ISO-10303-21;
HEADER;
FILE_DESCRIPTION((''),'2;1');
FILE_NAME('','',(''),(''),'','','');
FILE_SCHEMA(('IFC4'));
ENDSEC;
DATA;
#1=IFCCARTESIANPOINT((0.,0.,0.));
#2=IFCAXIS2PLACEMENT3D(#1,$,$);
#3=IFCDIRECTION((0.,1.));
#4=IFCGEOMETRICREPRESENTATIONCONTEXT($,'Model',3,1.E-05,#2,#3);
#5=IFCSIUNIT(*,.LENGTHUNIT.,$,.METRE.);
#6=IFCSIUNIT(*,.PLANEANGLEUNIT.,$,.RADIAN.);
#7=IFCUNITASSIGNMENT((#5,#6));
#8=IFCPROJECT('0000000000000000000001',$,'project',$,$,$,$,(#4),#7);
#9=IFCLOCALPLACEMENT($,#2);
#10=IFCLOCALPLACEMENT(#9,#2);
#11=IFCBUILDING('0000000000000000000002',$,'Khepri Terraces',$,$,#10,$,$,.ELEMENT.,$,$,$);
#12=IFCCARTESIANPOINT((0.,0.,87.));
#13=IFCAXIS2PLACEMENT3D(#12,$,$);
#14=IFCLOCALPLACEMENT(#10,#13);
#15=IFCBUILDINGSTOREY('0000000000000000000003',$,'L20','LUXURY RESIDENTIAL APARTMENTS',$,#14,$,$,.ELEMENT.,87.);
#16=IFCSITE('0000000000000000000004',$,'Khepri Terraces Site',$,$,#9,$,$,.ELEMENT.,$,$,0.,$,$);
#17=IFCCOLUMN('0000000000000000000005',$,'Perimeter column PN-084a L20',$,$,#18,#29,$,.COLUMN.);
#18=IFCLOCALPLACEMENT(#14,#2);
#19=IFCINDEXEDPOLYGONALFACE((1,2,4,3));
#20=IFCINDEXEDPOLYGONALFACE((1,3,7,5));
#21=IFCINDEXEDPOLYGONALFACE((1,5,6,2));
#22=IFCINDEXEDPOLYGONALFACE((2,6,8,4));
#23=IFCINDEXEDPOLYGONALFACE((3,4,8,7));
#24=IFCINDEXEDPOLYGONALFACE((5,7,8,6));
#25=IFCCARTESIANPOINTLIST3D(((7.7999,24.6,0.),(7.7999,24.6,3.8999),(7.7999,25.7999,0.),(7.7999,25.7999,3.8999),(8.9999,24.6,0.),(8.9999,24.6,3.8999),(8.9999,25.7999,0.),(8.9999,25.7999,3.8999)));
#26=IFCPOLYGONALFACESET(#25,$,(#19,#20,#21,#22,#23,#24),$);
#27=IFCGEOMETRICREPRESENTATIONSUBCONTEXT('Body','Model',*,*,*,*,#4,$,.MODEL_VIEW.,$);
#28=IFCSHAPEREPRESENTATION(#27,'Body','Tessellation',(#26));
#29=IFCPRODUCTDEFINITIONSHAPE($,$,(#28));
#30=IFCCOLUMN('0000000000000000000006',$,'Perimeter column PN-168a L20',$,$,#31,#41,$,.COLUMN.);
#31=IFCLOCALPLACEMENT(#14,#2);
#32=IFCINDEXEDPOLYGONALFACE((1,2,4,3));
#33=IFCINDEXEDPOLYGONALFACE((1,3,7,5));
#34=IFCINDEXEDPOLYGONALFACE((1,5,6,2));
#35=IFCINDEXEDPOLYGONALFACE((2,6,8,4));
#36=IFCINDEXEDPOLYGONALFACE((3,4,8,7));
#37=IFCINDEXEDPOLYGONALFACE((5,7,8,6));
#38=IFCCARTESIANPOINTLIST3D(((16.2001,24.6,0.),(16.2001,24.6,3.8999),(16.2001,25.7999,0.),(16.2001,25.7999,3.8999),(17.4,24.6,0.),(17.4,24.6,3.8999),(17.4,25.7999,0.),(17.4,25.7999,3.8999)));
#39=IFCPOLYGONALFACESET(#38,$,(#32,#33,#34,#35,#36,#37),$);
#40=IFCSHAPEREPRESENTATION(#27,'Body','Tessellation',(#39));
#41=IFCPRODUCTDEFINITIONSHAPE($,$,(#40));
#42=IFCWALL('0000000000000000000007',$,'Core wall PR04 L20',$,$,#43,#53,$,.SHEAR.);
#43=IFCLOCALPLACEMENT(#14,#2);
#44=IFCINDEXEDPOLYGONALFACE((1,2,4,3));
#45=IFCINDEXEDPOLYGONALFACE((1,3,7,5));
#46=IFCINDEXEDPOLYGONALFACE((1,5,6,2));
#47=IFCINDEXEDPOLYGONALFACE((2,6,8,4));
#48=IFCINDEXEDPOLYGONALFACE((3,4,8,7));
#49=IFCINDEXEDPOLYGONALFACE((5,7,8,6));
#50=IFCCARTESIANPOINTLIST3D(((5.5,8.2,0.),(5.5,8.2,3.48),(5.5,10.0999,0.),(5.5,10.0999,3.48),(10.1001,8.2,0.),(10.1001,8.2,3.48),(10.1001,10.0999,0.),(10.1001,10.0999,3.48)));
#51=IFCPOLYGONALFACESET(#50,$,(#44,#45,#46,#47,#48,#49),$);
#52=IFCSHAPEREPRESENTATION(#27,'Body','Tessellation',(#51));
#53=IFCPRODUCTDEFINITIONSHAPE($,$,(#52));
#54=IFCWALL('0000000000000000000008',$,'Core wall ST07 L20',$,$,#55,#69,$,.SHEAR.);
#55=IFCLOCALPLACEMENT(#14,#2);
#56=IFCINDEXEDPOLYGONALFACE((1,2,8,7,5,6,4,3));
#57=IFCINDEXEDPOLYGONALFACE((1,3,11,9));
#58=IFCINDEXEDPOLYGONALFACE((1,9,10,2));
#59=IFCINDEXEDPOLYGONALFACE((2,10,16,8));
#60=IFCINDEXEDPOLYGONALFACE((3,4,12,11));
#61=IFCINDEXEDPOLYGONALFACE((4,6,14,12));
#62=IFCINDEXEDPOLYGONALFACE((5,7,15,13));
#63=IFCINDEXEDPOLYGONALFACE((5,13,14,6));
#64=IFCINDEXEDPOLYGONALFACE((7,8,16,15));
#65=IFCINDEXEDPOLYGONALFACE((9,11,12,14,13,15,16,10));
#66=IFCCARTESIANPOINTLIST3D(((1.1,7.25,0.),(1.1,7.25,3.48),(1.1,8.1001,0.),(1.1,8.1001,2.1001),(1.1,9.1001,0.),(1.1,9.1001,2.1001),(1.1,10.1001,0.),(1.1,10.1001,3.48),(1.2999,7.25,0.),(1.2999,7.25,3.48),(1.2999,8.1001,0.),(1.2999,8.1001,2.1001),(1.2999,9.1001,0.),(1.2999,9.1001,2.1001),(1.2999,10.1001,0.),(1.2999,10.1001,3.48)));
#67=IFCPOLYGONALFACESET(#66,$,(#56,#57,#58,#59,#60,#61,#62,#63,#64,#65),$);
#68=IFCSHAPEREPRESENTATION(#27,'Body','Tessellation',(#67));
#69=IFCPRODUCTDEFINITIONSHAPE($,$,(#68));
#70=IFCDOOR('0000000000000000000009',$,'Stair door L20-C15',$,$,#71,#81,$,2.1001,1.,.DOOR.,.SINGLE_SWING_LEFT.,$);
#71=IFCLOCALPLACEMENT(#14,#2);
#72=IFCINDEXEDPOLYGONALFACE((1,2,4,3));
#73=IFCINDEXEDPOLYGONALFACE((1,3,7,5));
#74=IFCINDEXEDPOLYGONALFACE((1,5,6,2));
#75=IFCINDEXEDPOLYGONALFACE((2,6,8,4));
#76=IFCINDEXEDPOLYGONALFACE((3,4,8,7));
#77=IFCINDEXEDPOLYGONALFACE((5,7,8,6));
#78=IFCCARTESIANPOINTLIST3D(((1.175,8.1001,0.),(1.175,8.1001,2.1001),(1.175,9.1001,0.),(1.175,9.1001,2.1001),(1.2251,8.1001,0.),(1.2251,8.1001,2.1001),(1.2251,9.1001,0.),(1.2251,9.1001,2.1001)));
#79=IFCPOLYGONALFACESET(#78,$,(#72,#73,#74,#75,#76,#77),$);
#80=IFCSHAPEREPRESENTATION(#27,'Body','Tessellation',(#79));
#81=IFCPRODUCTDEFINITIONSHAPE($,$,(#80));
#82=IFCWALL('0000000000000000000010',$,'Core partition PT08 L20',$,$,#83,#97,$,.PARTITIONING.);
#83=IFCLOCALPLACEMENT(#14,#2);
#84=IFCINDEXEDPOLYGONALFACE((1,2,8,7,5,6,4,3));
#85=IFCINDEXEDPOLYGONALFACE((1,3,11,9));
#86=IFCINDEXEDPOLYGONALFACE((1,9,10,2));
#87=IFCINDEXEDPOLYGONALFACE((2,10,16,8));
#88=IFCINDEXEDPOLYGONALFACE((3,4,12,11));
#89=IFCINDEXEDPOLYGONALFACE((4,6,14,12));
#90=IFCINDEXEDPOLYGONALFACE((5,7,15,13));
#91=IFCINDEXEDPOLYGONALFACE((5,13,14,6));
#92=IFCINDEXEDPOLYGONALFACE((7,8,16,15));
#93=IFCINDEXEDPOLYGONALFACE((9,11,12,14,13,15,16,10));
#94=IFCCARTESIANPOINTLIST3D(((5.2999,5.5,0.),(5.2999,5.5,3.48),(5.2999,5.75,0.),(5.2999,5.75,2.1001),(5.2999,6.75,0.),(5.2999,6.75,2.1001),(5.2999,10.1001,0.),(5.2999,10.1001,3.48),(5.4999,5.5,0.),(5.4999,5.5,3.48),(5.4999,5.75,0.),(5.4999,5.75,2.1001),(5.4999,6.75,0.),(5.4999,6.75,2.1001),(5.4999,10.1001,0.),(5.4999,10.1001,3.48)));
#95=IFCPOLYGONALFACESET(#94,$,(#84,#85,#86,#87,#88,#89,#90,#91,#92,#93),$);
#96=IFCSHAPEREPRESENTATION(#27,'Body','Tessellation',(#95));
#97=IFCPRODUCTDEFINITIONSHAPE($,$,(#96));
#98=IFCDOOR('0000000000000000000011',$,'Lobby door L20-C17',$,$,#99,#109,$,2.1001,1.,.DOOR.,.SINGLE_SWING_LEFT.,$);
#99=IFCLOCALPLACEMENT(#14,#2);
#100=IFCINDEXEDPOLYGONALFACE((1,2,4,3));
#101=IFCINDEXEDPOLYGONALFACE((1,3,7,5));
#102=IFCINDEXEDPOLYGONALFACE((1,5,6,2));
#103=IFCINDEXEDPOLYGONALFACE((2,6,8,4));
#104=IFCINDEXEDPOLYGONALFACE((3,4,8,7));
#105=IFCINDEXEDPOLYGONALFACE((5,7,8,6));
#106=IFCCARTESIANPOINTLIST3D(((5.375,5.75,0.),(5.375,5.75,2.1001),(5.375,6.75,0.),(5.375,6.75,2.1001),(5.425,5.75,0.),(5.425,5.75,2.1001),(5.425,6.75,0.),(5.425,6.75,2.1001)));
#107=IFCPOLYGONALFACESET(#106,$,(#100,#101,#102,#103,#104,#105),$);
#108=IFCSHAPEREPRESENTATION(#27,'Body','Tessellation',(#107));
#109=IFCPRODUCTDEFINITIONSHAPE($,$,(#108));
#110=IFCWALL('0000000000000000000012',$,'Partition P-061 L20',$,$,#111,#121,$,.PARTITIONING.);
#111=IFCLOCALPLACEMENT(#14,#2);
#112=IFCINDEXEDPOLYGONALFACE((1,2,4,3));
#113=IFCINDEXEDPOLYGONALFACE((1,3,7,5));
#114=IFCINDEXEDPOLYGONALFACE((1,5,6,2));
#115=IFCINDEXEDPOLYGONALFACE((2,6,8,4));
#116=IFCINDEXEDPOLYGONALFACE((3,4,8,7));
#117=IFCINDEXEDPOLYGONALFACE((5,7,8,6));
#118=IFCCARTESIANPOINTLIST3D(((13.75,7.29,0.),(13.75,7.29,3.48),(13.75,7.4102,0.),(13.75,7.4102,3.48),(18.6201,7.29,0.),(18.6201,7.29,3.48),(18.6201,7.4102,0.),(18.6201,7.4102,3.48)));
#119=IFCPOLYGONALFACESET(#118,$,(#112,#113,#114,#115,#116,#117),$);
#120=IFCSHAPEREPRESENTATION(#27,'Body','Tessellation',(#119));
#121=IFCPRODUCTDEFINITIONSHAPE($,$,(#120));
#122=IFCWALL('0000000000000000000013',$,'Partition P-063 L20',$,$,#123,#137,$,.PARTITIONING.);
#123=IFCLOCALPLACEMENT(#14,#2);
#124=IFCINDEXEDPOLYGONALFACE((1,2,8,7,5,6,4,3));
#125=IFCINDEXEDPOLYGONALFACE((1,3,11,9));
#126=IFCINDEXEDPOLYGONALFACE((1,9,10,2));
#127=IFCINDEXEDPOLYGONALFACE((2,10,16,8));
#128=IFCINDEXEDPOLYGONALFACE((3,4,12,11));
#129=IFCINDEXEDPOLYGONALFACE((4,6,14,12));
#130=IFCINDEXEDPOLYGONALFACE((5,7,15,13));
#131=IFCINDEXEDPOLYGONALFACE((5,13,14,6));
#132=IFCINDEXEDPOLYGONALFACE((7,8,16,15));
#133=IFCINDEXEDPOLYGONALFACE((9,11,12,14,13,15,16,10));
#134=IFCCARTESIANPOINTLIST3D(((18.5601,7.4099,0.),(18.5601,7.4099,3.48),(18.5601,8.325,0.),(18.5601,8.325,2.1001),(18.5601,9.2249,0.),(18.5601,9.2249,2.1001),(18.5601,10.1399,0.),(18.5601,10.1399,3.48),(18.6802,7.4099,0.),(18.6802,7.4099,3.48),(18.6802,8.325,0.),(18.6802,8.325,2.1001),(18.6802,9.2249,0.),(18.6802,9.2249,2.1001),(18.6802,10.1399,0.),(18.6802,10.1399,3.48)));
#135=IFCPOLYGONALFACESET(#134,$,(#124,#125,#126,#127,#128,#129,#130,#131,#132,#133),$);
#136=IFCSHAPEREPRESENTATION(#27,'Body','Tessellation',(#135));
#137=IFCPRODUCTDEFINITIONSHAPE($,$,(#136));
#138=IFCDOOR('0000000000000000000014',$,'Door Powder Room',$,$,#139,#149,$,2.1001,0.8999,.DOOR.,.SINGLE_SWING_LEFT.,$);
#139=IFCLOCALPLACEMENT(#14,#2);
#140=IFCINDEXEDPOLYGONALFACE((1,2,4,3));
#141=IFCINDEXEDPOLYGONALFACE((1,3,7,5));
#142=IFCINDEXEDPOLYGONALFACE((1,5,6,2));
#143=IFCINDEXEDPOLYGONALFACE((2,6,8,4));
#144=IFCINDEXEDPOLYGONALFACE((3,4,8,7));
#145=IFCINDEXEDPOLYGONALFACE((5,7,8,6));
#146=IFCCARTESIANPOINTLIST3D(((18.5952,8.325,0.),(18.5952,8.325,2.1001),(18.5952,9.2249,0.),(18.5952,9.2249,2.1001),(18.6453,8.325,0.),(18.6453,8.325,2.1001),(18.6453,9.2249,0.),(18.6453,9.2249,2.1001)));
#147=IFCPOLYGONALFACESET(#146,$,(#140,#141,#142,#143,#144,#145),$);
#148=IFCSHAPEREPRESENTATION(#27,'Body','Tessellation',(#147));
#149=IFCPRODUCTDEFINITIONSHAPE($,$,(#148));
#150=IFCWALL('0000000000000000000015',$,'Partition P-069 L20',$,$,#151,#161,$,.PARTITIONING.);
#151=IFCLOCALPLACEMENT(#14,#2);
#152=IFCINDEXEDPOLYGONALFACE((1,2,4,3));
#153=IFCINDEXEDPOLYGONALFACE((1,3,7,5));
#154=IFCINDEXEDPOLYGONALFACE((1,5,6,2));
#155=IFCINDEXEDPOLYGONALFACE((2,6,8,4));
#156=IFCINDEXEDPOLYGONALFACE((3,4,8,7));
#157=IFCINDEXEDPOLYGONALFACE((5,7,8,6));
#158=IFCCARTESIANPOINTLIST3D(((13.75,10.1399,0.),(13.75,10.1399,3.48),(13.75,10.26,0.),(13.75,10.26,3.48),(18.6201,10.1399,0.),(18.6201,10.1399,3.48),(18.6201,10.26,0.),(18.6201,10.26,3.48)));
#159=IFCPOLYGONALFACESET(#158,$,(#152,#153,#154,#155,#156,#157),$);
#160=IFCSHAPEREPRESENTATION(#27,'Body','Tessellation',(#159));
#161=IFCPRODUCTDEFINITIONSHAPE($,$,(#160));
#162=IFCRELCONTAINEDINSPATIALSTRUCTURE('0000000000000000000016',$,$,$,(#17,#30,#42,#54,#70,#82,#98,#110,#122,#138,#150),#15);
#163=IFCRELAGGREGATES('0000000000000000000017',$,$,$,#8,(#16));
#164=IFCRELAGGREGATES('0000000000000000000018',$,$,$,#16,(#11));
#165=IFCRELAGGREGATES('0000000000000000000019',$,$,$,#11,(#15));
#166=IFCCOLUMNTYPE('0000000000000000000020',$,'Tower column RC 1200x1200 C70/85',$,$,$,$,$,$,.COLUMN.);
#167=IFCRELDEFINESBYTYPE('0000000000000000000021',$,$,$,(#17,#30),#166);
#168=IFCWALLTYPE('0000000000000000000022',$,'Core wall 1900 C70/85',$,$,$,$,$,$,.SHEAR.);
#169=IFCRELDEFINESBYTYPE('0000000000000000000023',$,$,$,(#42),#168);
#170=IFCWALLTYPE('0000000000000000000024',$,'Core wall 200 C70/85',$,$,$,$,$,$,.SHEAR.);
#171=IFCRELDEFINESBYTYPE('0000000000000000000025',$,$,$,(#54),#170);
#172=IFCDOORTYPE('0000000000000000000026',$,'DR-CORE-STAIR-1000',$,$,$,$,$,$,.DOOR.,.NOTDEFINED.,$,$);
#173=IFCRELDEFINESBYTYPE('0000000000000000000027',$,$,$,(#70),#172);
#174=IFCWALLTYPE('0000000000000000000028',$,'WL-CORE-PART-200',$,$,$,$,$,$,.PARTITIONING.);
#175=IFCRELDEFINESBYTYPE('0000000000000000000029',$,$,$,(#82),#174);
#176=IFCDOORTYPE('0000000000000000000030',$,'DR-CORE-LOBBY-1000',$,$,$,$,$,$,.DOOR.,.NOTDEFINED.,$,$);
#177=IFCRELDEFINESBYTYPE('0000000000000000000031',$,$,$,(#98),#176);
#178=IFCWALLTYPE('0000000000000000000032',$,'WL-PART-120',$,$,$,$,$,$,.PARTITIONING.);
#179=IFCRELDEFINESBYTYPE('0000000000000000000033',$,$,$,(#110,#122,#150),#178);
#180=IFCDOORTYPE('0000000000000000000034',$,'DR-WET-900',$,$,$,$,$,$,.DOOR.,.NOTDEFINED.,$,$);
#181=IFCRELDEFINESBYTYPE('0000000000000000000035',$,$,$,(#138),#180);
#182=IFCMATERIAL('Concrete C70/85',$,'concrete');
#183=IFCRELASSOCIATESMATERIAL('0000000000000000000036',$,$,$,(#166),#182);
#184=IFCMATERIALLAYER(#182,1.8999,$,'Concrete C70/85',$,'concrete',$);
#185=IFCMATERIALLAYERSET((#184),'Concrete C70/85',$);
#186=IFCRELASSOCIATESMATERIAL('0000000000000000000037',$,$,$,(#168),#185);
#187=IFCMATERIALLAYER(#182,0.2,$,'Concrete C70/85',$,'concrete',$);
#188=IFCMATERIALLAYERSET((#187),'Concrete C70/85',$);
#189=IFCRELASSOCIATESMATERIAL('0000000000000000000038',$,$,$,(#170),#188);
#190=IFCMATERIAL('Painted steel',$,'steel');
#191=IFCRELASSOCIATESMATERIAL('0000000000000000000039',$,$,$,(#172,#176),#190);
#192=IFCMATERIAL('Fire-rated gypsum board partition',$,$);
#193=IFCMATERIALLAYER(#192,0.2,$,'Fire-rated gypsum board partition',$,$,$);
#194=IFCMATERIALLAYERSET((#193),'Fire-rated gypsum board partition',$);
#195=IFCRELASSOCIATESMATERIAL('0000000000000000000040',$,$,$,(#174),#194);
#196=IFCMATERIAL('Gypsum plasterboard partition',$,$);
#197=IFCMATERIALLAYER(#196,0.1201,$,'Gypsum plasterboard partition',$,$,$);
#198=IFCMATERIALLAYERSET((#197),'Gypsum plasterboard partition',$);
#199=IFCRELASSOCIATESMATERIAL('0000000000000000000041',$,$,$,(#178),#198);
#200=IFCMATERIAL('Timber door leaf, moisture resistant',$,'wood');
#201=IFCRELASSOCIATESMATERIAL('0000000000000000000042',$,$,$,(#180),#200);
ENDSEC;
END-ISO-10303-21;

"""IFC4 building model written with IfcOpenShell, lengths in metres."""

from ifc_helpers import new_model, si_unit, direction, frame, frame_2d, origin, origin_2d, place, context, subcontext, project, spatial, rectangle, extrude, material, layer, layer_set, material_profile, profile_set, type_object, element, fill, save


model = new_model("IFC4")

# Units and contexts
model_context = context("Model", 3, precision=1e-05, world=origin(), true_north=direction((0.0, 1.0)))
body_context = subcontext(model_context, "Body", "Model", "MODEL_VIEW")
ifc_project = project(units=[si_unit("LENGTHUNIT", "METRE"), si_unit("PLANEANGLEUNIT", "RADIAN")], contexts=[model_context])

# Site, building, storey
site_placement = place(None, origin())
site = spatial("IfcSite", under=ifc_project, at=site_placement, Name="Khepri Terraces Site", CompositionType="ELEMENT", RefElevation=0.0)
building_placement = place(site_placement, origin())
building = spatial("IfcBuilding", under=site, at=building_placement, Name="Khepri Terraces", CompositionType="ELEMENT")
storey_placement = place(building_placement, frame((0.0, 0.0, 87.0)))
storey = spatial("IfcBuildingStorey", under=building, at=storey_placement, Name="L20", Description="LUXURY RESIDENTIAL APARTMENTS", CompositionType="ELEMENT", Elevation=87.0)

# Columns
ifc_material_1 = material(Name="Concrete C70/85", Category="concrete")
ifc_material_profile = material_profile(ifc_material_1, rectangle(XDim=1.2, YDim=1.2, at=origin_2d()), Name="Concrete C70/85", Category="concrete")
ifc_profile_set = profile_set([ifc_material_profile], Name="Concrete C70/85")
column_type = type_object("IfcColumnType", Name="Tower column RC 1200x1200 C70/85", PredefinedType="COLUMN", material=ifc_profile_set)
for number, where, z_axis, x_axis, name in (
    (1, (8.3999, 25.2, 0.0), (0.0, 0.0, 1.0), (1.0, 0.0, 0.0), "Perimeter column PN-084a L20"),
    (2, (16.8, 25.2, 0.0), (0.0, 0.0, 1.0), (1.0, 0.0, 0.0), "Perimeter column PN-168a L20"),
):
    element("IfcColumn", number, at=place(storey_placement, frame(where, z_axis=z_axis, x_axis=x_axis)), inside=storey, type_object=column_type, Name=name, PredefinedType="COLUMN", context=body_context, shape_type="SweptSolid", body=[
        extrude(rectangle(XDim=1.2, YDim=1.2, at=origin_2d()), origin(), (0.0, 0.0, 1.0), 3.8999),
    ])

# Wall
ifc_layer_1 = layer(ifc_material_1, 1.8999, Name="Concrete C70/85", Category="concrete")
ifc_layer_set_1 = layer_set([ifc_layer_1], Name="Concrete C70/85")
wall_type_1 = type_object("IfcWallType", Name="Core wall 1900 C70/85", PredefinedType="SHEAR", material=ifc_layer_set_1)
wall_1_placement = place(storey_placement, frame((5.5, 9.1499, 0.0), z_axis=(0.0, 0.0, 1.0), x_axis=(1.0, 0.0, 0.0)))
element("IfcWall", 3, at=wall_1_placement, inside=storey, type_object=wall_type_1, Name="Core wall PR04 L20", PredefinedType="SHEAR", context=body_context, shape_type="SweptSolid", body=[
    extrude(rectangle(XDim=4.6001, YDim=1.8999, at=frame_2d((2.3, 0.0))), origin(), (0.0, 0.0, 1.0), 3.48),
])

# Walls, openings, doors
ifc_layer_2 = layer(ifc_material_1, 0.2, Name="Concrete C70/85", Category="concrete")
ifc_layer_set_2 = layer_set([ifc_layer_2], Name="Concrete C70/85")
wall_type_2 = type_object("IfcWallType", Name="Core wall 200 C70/85", PredefinedType="SHEAR", material=ifc_layer_set_2)
wall_2_placement = place(storey_placement, frame((1.2, 7.25, 0.0), z_axis=(0.0, 0.0, 1.0), x_axis=(0.0, 1.0, 0.0)))
wall_2 = element("IfcWall", 4, at=wall_2_placement, inside=storey, type_object=wall_type_2, Name="Core wall ST07 L20", PredefinedType="SHEAR", context=body_context, shape_type="SweptSolid", body=[
    extrude(rectangle(XDim=2.8501, YDim=0.2, at=frame_2d((1.425, 0.0))), origin(), (0.0, 0.0, 1.0), 3.48),
])
opening_1_placement = place(wall_2_placement, frame((0.8501, 0.0, 0.0)))
opening_1 = element("IfcOpeningElement", 5, at=opening_1_placement, cuts=wall_2, PredefinedType="OPENING", context=body_context, shape_type="SweptSolid", body=[
    extrude(rectangle(XDim=1.0, YDim=2.1001, at=frame_2d((0.5, 1.05))), frame((0.0, 0.1099, 0.0), z_axis=(0.0, -1.0, 0.0), x_axis=(1.0, 0.0, 0.0)), (0.0, 0.0, 1.0), 0.22),
])
ifc_material_2 = material(Name="Painted steel", Category="steel")
door_type_1 = type_object("IfcDoorType", Name="DR-CORE-STAIR-1000", OperationType="NOTDEFINED", PredefinedType="DOOR", material=ifc_material_2)
door_1_placement = place(opening_1_placement, origin())
door_1 = element("IfcDoor", 6, at=door_1_placement, inside=storey, type_object=door_type_1, Name="Stair door L20-C15", OperationType="SINGLE_SWING_LEFT", OverallHeight=2.1001, OverallWidth=1.0, PredefinedType="DOOR", context=body_context, shape_type="SweptSolid", body=[
    extrude(rectangle(XDim=1.0, YDim=2.1001, at=frame_2d((0.5, 1.05))), frame((0.0, 0.0249, 0.0), z_axis=(0.0, -1.0, 0.0), x_axis=(1.0, 0.0, 0.0)), (0.0, 0.0, 1.0), 0.05),
])
fill(opening_1, door_1)
ifc_material_3 = material(Name="Fire-rated gypsum board partition")
ifc_layer_3 = layer(ifc_material_3, 0.2, Name="Fire-rated gypsum board partition")
ifc_layer_set_3 = layer_set([ifc_layer_3], Name="Fire-rated gypsum board partition")
wall_type_3 = type_object("IfcWallType", Name="WL-CORE-PART-200", PredefinedType="PARTITIONING", material=ifc_layer_set_3)
wall_3_placement = place(storey_placement, frame((5.3999, 5.5, 0.0), z_axis=(0.0, 0.0, 1.0), x_axis=(0.0, 1.0, 0.0)))
wall_3 = element("IfcWall", 7, at=wall_3_placement, inside=storey, type_object=wall_type_3, Name="Core partition PT08 L20", PredefinedType="PARTITIONING", context=body_context, shape_type="SweptSolid", body=[
    extrude(rectangle(XDim=4.6001, YDim=0.2, at=frame_2d((2.3, 0.0))), origin(), (0.0, 0.0, 1.0), 3.48),
])
opening_2_placement = place(wall_3_placement, frame((0.25, 0.0, 0.0)))
opening_2 = element("IfcOpeningElement", 8, at=opening_2_placement, cuts=wall_3, PredefinedType="OPENING", context=body_context, shape_type="SweptSolid", body=[
    extrude(rectangle(XDim=1.0, YDim=2.1001, at=frame_2d((0.5, 1.05))), frame((0.0, 0.1099, 0.0), z_axis=(0.0, -1.0, 0.0), x_axis=(1.0, 0.0, 0.0)), (0.0, 0.0, 1.0), 0.22),
])
door_type_2 = type_object("IfcDoorType", Name="DR-CORE-LOBBY-1000", OperationType="NOTDEFINED", PredefinedType="DOOR", material=ifc_material_2)
door_2_placement = place(opening_2_placement, origin())
door_2 = element("IfcDoor", 9, at=door_2_placement, inside=storey, type_object=door_type_2, Name="Lobby door L20-C17", OperationType="SINGLE_SWING_LEFT", OverallHeight=2.1001, OverallWidth=1.0, PredefinedType="DOOR", context=body_context, shape_type="SweptSolid", body=[
    extrude(rectangle(XDim=1.0, YDim=2.1001, at=frame_2d((0.5, 1.05))), frame((0.0, 0.0249, 0.0), z_axis=(0.0, -1.0, 0.0), x_axis=(1.0, 0.0, 0.0)), (0.0, 0.0, 1.0), 0.05),
])
fill(opening_2, door_2)

# Wall
ifc_material_4 = material(Name="Gypsum plasterboard partition")
ifc_layer_4 = layer(ifc_material_4, 0.1201, Name="Gypsum plasterboard partition")
ifc_layer_set_4 = layer_set([ifc_layer_4], Name="Gypsum plasterboard partition")
wall_type_4 = type_object("IfcWallType", Name="WL-PART-120", PredefinedType="PARTITIONING", material=ifc_layer_set_4)
wall_4_placement = place(storey_placement, frame((13.75, 7.3501, 0.0), z_axis=(0.0, 0.0, 1.0), x_axis=(1.0, 0.0, 0.0)))
element("IfcWall", 10, at=wall_4_placement, inside=storey, type_object=wall_type_4, Name="Partition P-061 L20", PredefinedType="PARTITIONING", context=body_context, shape_type="SweptSolid", body=[
    extrude(rectangle(XDim=4.8701, YDim=0.1201, at=frame_2d((2.4351, 0.0))), origin(), (0.0, 0.0, 1.0), 3.48),
])

# Wall, opening, door
wall_5_placement = place(storey_placement, frame((18.6201, 7.4099, 0.0), z_axis=(0.0, 0.0, 1.0), x_axis=(0.0, 1.0, 0.0)))
wall_5 = element("IfcWall", 11, at=wall_5_placement, inside=storey, type_object=wall_type_4, Name="Partition P-063 L20", PredefinedType="PARTITIONING", context=body_context, shape_type="SweptSolid", body=[
    extrude(rectangle(XDim=2.73, YDim=0.1201, at=frame_2d((1.365, 0.0))), origin(), (0.0, 0.0, 1.0), 3.48),
])
opening_3_placement = place(wall_5_placement, frame((0.915, 0.0, 0.0)))
opening_3 = element("IfcOpeningElement", 12, at=opening_3_placement, cuts=wall_5, PredefinedType="OPENING", context=body_context, shape_type="SweptSolid", body=[
    extrude(rectangle(XDim=0.8999, YDim=2.1001, at=frame_2d((0.45, 1.05))), frame((0.0, 0.0701, 0.0), z_axis=(0.0, -1.0, 0.0), x_axis=(1.0, 0.0, 0.0)), (0.0, 0.0, 1.0), 0.1401),
])
ifc_material_5 = material(Name="Timber door leaf, moisture resistant", Category="wood")
door_type_3 = type_object("IfcDoorType", Name="DR-WET-900", OperationType="NOTDEFINED", PredefinedType="DOOR", material=ifc_material_5)
door_3_placement = place(opening_3_placement, origin())
door_3 = element("IfcDoor", 13, at=door_3_placement, inside=storey, type_object=door_type_3, Name="Door Powder Room", OperationType="SINGLE_SWING_LEFT", OverallHeight=2.1001, OverallWidth=0.8999, PredefinedType="DOOR", context=body_context, shape_type="SweptSolid", body=[
    extrude(rectangle(XDim=0.8999, YDim=2.1001, at=frame_2d((0.45, 1.05))), frame((0.0, 0.0249, 0.0), z_axis=(0.0, -1.0, 0.0), x_axis=(1.0, 0.0, 0.0)), (0.0, 0.0, 1.0), 0.05),
])
fill(opening_3, door_3)

# Wall
wall_6_placement = place(storey_placement, frame((13.75, 10.2, 0.0), z_axis=(0.0, 0.0, 1.0), x_axis=(1.0, 0.0, 0.0)))
element("IfcWall", 14, at=wall_6_placement, inside=storey, type_object=wall_type_4, Name="Partition P-069 L20", PredefinedType="PARTITIONING", context=body_context, shape_type="SweptSolid", body=[
    extrude(rectangle(XDim=4.8701, YDim=0.1201, at=frame_2d((2.4351, 0.0))), origin(), (0.0, 0.0, 1.0), 3.48),
])

save(model, "model.ifc")
